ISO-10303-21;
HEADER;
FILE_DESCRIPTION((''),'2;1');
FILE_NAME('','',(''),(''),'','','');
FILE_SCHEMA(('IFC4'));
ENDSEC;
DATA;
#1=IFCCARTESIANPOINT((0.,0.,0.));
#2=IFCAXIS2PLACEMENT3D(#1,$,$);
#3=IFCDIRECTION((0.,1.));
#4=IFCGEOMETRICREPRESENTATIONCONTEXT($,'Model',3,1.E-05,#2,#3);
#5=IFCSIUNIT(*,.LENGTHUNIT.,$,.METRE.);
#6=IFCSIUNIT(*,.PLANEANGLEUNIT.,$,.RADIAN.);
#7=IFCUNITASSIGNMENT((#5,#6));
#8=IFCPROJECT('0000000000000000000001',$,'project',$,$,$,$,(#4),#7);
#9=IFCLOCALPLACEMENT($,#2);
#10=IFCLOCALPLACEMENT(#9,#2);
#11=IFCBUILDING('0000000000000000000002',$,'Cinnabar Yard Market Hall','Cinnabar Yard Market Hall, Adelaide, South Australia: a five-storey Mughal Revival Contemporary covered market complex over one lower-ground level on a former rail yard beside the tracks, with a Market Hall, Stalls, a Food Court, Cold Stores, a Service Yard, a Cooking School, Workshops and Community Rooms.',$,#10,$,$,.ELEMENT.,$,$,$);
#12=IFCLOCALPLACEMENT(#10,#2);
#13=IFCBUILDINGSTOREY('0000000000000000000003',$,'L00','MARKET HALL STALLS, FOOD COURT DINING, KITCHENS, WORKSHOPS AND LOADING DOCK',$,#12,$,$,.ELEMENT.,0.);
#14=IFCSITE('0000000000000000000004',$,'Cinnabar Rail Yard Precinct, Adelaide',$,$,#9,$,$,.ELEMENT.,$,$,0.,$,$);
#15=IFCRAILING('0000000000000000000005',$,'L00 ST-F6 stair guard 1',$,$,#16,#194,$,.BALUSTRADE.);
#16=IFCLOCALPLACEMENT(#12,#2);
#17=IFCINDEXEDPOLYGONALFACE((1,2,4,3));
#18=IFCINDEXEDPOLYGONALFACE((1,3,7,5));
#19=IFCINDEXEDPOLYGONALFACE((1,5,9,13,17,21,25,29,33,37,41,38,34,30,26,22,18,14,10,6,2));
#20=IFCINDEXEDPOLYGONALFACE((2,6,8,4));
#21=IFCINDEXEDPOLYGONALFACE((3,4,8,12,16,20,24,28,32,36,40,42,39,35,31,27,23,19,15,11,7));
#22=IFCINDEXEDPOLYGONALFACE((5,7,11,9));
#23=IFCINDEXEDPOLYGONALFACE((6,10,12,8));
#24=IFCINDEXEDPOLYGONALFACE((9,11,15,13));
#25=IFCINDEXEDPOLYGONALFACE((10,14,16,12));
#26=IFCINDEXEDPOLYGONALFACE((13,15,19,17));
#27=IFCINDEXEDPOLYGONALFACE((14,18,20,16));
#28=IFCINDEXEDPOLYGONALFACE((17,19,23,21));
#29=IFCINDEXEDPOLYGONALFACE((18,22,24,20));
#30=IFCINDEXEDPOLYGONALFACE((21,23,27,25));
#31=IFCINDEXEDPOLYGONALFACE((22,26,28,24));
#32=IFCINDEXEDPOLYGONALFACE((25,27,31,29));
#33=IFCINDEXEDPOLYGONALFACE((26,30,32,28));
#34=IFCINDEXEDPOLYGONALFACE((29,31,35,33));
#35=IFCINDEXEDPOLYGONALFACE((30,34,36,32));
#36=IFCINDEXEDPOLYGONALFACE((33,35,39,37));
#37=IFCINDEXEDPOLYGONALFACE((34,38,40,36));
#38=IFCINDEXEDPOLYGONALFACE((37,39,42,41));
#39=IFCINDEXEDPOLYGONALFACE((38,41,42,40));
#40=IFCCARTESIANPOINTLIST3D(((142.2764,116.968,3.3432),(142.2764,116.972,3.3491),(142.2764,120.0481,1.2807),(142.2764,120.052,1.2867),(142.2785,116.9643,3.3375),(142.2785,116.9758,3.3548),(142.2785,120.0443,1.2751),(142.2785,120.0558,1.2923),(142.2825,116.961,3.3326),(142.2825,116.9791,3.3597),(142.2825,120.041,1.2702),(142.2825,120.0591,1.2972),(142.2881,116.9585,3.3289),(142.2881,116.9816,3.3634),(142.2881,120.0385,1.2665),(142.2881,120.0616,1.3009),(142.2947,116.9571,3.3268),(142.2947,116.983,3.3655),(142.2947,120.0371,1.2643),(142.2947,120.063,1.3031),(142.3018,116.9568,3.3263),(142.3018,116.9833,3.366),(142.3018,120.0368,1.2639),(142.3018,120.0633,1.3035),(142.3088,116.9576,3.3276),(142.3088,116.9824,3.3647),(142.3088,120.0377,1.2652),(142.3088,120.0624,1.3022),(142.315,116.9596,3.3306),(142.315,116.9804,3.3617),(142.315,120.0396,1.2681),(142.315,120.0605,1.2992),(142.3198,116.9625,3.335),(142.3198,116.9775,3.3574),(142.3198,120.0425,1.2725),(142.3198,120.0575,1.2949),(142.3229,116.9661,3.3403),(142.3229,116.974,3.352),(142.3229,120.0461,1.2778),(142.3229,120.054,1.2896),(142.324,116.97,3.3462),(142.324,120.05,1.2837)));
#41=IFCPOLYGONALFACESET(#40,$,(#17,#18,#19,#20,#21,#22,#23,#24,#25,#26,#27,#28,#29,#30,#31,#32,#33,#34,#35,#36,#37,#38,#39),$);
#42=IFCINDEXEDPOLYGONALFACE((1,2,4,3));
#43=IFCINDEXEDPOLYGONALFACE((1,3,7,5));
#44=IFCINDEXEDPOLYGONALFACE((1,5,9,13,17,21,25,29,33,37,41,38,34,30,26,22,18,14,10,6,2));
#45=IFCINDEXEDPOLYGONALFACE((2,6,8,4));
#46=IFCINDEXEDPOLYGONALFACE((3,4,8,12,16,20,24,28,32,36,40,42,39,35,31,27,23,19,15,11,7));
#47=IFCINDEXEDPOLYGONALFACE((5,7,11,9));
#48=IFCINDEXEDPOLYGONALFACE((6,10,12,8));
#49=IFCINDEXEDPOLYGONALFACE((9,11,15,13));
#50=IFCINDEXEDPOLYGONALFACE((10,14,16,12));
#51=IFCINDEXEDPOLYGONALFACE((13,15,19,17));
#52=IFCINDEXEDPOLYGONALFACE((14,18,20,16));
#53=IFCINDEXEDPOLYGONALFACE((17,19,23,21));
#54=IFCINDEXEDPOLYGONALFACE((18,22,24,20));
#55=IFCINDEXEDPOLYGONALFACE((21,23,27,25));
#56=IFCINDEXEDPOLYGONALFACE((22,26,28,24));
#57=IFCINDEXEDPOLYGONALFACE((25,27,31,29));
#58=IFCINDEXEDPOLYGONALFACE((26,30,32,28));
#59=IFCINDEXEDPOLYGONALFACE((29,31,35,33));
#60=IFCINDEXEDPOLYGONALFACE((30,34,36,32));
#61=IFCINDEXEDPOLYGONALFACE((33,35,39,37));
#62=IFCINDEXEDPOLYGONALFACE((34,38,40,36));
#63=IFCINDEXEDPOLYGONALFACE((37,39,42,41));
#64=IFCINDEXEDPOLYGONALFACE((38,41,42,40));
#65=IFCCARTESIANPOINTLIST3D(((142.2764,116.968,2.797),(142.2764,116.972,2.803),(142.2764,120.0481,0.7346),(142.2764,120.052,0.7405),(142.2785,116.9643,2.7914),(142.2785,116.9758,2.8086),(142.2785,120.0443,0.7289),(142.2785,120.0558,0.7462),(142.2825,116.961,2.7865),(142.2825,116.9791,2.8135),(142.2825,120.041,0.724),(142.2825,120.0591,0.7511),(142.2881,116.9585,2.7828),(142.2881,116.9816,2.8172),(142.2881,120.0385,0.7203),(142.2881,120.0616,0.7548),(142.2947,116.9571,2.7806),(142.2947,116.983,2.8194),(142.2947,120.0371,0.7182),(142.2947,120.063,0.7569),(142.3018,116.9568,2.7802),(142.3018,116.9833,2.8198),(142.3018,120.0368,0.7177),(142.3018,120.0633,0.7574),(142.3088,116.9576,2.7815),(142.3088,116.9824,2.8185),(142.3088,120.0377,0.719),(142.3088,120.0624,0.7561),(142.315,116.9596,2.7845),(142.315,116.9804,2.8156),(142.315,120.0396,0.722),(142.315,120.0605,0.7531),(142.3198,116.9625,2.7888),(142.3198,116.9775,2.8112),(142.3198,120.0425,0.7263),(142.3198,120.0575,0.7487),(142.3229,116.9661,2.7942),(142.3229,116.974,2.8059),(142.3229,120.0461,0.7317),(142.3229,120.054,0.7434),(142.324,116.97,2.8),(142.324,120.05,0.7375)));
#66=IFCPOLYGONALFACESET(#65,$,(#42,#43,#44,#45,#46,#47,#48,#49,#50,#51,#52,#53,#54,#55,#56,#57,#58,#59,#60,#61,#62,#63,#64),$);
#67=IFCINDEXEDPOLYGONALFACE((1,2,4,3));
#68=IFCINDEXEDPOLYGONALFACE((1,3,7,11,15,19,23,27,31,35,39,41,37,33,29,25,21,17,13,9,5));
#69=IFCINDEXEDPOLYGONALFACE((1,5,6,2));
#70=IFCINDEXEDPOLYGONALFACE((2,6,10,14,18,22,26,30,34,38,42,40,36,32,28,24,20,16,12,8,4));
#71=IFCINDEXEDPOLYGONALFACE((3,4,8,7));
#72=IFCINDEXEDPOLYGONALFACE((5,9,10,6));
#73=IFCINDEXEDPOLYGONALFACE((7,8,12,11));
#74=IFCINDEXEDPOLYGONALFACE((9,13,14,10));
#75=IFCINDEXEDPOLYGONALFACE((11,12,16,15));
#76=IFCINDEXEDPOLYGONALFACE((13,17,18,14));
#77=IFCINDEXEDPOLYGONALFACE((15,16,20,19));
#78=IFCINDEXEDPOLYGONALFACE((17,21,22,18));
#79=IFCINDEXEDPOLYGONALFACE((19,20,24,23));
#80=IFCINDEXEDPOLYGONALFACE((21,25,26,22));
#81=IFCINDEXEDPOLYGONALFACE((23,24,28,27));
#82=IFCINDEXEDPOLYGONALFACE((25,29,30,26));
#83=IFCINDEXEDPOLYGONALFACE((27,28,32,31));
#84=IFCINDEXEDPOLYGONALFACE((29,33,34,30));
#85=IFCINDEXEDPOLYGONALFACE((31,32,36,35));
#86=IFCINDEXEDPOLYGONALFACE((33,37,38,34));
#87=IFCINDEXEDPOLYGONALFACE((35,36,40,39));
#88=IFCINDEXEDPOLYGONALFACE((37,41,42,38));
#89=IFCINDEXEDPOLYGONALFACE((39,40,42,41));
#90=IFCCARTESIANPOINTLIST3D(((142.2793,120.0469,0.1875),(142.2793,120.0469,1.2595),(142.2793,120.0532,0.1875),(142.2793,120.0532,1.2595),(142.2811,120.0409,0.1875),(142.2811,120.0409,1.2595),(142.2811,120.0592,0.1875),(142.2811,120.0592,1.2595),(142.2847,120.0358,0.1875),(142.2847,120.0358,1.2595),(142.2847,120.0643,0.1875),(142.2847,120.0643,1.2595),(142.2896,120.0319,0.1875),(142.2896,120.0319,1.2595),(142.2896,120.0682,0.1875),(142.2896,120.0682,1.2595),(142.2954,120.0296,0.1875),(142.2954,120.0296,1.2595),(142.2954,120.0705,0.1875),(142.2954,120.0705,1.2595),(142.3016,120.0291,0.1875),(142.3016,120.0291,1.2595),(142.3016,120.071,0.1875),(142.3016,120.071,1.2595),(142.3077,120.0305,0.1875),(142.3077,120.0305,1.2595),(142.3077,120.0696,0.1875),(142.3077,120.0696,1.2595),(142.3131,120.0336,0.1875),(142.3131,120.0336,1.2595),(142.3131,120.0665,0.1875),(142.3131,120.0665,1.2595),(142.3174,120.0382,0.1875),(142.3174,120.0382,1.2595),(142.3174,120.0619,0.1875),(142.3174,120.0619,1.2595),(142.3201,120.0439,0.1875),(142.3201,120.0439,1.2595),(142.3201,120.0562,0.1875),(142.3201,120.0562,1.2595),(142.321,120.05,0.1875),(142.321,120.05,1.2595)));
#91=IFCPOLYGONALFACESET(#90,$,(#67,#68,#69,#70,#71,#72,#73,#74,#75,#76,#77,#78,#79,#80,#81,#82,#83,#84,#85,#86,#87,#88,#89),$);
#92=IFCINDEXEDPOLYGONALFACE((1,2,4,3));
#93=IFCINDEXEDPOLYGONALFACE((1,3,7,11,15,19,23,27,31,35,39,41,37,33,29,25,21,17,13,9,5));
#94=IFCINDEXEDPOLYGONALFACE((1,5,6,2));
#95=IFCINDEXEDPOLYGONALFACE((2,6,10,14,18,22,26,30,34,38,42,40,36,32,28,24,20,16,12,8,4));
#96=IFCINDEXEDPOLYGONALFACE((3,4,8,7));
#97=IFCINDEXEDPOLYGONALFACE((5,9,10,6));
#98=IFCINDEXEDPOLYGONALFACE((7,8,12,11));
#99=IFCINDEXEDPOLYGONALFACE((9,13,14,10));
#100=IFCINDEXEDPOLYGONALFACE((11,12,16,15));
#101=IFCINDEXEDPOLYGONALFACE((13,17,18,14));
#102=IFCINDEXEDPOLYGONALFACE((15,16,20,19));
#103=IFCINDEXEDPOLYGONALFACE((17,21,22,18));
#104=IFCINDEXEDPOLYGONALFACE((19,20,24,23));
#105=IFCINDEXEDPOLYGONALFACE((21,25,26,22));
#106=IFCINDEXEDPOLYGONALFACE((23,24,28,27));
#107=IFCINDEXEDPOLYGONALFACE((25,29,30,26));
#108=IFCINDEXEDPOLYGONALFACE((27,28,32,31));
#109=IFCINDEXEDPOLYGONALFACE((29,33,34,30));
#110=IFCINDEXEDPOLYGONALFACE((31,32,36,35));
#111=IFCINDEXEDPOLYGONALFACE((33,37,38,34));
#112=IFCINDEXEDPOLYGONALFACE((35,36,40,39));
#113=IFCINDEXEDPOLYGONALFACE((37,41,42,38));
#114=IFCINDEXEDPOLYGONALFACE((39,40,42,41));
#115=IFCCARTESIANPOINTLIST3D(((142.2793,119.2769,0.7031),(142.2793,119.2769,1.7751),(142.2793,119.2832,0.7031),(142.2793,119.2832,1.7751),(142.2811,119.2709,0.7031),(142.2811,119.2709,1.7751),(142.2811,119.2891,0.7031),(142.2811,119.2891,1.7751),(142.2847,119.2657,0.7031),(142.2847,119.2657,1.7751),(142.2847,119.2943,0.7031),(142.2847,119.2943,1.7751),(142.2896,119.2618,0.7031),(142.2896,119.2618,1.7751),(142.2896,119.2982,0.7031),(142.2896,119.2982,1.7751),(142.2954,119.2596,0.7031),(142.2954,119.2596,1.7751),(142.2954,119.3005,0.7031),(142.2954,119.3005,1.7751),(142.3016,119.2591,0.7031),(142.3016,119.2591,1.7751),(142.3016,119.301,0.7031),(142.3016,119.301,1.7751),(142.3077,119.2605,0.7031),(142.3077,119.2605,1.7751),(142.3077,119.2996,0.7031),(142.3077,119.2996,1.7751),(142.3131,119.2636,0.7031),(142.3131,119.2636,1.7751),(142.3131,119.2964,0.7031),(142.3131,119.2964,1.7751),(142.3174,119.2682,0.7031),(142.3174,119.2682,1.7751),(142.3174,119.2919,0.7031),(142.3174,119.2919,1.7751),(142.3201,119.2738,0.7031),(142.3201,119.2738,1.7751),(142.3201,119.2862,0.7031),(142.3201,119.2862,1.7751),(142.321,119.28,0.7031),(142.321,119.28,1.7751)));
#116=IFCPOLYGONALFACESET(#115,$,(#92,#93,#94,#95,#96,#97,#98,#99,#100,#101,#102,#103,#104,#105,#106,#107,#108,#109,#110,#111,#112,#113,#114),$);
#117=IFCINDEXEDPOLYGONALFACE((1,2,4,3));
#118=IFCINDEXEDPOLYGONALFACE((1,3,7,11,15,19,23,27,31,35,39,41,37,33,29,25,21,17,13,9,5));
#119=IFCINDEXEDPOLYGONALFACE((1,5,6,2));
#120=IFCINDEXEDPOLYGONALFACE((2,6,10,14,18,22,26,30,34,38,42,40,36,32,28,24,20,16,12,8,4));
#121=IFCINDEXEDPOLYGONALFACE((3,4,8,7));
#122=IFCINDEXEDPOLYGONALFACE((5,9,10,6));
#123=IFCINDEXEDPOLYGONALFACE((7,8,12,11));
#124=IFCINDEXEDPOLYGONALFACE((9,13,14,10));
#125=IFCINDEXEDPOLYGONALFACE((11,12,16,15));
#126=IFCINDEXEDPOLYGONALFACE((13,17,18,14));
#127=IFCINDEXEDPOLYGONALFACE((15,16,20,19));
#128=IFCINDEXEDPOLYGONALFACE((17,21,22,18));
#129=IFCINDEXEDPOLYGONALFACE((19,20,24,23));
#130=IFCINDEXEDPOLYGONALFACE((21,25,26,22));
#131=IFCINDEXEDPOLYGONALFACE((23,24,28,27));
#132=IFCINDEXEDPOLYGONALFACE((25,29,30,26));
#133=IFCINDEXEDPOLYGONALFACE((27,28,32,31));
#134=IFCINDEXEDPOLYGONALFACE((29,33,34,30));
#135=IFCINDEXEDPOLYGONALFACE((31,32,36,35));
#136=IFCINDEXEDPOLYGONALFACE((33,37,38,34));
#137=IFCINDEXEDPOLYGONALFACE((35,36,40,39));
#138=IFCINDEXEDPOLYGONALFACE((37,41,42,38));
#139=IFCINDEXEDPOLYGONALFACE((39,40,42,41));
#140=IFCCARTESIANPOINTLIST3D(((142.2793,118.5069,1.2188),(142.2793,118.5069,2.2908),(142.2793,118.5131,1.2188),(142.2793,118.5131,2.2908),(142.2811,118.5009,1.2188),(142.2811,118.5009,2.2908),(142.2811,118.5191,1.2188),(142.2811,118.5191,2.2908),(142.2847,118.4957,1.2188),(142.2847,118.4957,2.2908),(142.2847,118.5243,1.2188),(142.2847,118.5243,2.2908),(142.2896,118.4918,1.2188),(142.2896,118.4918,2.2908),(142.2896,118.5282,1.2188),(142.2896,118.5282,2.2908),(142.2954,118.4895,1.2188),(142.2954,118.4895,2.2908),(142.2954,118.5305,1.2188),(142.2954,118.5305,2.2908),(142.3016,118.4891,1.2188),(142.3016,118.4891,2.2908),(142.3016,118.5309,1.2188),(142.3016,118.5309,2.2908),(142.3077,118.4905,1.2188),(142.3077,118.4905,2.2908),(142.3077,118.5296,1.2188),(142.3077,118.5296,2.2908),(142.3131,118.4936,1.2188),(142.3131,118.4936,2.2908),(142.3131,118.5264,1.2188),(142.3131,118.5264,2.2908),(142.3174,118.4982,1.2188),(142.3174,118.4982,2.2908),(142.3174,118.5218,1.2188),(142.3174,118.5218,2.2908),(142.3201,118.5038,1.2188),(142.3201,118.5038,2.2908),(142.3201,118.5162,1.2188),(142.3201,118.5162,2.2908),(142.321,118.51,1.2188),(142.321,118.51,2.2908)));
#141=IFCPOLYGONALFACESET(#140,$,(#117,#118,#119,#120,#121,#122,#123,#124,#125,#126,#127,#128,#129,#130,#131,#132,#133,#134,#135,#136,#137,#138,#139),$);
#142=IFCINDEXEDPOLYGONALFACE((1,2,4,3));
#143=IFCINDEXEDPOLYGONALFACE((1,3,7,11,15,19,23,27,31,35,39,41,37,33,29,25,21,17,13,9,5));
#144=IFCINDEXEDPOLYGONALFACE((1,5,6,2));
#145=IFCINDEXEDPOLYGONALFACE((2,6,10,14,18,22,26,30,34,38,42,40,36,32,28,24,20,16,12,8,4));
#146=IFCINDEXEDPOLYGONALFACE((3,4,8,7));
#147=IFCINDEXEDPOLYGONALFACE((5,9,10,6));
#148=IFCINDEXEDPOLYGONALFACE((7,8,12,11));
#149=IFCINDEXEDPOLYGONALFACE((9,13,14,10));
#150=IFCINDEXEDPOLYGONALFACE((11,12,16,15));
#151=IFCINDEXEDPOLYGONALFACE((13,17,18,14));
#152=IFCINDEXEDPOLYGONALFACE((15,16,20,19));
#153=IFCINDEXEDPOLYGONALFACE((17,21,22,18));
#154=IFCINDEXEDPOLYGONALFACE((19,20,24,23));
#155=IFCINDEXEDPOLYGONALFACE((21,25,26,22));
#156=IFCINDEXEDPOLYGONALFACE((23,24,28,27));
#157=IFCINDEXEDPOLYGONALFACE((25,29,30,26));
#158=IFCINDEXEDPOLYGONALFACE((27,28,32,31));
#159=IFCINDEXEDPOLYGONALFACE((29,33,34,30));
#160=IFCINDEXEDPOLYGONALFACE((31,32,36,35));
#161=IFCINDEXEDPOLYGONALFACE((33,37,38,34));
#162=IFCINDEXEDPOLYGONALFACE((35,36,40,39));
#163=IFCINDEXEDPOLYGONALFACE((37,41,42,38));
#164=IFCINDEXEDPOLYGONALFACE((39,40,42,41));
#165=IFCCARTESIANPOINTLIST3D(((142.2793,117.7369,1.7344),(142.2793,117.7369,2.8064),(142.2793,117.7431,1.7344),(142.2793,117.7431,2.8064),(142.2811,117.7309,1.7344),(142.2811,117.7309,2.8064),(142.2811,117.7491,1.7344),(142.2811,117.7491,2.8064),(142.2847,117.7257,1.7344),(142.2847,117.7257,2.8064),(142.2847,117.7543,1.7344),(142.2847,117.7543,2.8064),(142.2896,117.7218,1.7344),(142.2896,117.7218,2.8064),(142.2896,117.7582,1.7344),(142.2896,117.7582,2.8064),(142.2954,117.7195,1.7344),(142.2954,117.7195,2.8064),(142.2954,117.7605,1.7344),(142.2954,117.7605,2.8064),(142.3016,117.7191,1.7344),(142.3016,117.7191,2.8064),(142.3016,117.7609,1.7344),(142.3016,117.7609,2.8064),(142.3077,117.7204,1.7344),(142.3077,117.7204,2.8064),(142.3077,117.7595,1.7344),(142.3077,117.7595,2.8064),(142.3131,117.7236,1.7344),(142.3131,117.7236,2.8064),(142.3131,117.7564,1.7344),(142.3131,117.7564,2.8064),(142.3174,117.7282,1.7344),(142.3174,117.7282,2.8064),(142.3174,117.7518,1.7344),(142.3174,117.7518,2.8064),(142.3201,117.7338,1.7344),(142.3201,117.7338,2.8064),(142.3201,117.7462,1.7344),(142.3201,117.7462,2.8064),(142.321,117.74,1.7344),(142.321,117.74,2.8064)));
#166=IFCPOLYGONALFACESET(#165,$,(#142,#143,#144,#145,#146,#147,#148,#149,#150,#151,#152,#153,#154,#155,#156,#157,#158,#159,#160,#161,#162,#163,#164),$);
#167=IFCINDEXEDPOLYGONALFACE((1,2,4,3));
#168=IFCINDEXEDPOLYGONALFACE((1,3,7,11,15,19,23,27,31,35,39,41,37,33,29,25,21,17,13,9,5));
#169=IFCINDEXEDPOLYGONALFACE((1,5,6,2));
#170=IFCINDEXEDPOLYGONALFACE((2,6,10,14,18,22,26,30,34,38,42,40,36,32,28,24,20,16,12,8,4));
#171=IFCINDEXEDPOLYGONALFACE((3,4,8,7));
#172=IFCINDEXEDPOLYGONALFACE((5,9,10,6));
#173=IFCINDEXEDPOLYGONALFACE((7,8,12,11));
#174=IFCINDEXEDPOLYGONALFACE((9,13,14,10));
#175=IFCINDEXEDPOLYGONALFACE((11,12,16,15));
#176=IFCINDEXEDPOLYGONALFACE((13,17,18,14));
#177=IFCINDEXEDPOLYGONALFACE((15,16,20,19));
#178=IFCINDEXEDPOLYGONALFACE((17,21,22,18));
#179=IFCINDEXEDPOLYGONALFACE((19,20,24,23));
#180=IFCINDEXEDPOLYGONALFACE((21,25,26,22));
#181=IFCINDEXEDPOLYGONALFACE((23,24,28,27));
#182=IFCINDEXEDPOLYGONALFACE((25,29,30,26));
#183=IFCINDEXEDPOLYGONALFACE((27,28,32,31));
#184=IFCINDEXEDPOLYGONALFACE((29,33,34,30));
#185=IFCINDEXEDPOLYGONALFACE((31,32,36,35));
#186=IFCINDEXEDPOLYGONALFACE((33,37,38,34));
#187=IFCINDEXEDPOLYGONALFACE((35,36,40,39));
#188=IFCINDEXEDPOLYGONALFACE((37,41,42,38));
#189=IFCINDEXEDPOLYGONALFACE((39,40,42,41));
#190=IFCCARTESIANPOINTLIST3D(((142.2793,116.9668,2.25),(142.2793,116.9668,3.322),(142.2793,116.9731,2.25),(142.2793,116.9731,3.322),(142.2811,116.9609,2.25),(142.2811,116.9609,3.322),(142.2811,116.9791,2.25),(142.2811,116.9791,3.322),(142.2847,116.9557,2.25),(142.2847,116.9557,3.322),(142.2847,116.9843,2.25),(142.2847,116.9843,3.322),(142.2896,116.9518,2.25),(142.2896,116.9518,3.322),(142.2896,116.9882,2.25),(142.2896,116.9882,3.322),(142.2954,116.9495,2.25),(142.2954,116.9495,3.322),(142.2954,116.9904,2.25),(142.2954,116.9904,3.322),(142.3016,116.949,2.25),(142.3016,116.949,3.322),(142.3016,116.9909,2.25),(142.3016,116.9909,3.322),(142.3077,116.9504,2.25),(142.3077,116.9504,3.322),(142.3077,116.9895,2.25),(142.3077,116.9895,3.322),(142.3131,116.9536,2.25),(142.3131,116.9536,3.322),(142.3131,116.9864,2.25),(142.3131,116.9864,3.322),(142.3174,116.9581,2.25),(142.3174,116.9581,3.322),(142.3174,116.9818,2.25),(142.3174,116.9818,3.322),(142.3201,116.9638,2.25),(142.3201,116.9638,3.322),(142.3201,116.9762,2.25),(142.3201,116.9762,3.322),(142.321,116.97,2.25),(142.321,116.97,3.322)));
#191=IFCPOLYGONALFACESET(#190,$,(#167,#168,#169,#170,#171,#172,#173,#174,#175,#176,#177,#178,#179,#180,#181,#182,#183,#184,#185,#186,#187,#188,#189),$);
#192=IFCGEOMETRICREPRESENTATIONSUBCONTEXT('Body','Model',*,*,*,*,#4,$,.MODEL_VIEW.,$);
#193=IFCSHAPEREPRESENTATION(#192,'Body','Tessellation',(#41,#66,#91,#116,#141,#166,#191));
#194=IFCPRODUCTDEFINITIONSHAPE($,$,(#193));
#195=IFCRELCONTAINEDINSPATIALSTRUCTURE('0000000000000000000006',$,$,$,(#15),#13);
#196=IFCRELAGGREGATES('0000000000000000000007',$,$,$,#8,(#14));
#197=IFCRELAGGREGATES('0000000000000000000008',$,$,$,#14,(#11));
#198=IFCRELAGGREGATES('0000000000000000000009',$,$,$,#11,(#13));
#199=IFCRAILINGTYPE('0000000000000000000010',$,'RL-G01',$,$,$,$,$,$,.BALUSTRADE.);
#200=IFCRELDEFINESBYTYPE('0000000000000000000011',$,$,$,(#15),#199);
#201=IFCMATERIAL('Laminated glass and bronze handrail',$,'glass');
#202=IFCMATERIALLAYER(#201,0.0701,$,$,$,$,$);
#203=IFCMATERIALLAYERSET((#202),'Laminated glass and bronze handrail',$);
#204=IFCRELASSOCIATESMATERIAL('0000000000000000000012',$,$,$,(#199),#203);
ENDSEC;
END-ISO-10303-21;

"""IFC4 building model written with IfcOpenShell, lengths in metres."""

from ifc_helpers import new_model, si_unit, direction, frame, origin, origin_2d_with_axis, place, context, subcontext, project, spatial, circle, extrude, material, layer, layer_set, type_object, element, save


model = new_model("IFC4")

# Units and contexts
model_context = context("Model", 3, precision=1e-05, world=origin(), true_north=direction((0.0, 1.0)))
body_context = subcontext(model_context, "Body", "Model", "MODEL_VIEW")
ifc_project = project(units=[si_unit("LENGTHUNIT", "METRE"), si_unit("PLANEANGLEUNIT", "RADIAN")], contexts=[model_context])

# Site, building, storey
site_placement = place(None, origin())
site = spatial("IfcSite", under=ifc_project, at=site_placement, Name="Cinnabar Rail Yard Precinct, Adelaide", CompositionType="ELEMENT", RefElevation=0.0)
building_placement = place(site_placement, origin())
building = spatial("IfcBuilding", under=site, at=building_placement, Name="Cinnabar Yard Market Hall", Description="Cinnabar Yard Market Hall, Adelaide, South Australia: a five-storey Mughal Revival Contemporary covered market complex over one lower-ground level on a former rail yard beside the tracks, with a Market Hall, Stalls, a Food Court, Cold Stores, a Service Yard, a Cooking School, Workshops and Community Rooms.", CompositionType="ELEMENT")
storey_placement = place(building_placement, origin())
storey = spatial("IfcBuildingStorey", under=building, at=storey_placement, Name="L00", Description="MARKET HALL STALLS, FOOD COURT DINING, KITCHENS, WORKSHOPS AND LOADING DOCK", CompositionType="ELEMENT", Elevation=0.0)

# Railing
ifc_material_1 = material(Name="Laminated glass and bronze handrail", Category="glass")
ifc_layer_1 = layer(ifc_material_1, 0.0701)
ifc_layer_set_1 = layer_set([ifc_layer_1], Name="Laminated glass and bronze handrail")
railing_type_1 = type_object("IfcRailingType", Name="RL-G01", PredefinedType="BALUSTRADE", material=ifc_layer_set_1)
railing_1_placement = place(storey_placement, frame((142.3, 120.05, 0.1875)))
element("IfcRailing", 1, at=railing_1_placement, inside=storey, type_object=railing_type_1, Name="L00 ST-F6 stair guard 1", PredefinedType="BALUSTRADE", context=body_context, shape_type="SweptSolid", body=[
    extrude(circle(Radius=0.0239, at=origin_2d_with_axis()), frame((0.0, 0.0, 1.0962), z_axis=(0.0, -0.830914, 0.556401), x_axis=(1.0, 0.0, 0.0)), (0.0, 0.0, 1.0), 3.7068),
    extrude(circle(Radius=0.0239, at=origin_2d_with_axis()), frame((0.0, 0.0, 0.55), z_axis=(0.0, -0.830914, 0.556401), x_axis=(1.0, 0.0, 0.0)), (0.0, 0.0, 1.0), 3.7068),
    extrude(circle(Radius=0.021, at=origin_2d_with_axis()), origin(), (0.0, 0.0, 1.0), 1.072),
    extrude(circle(Radius=0.021, at=origin_2d_with_axis()), frame((0.0, -0.77, 0.5156)), (0.0, 0.0, 1.0), 1.072),
    extrude(circle(Radius=0.021, at=origin_2d_with_axis()), frame((0.0, -1.54, 1.0312)), (0.0, 0.0, 1.0), 1.072),
    extrude(circle(Radius=0.021, at=origin_2d_with_axis()), frame((0.0, -2.3101, 1.5469)), (0.0, 0.0, 1.0), 1.072),
    extrude(circle(Radius=0.021, at=origin_2d_with_axis()), frame((0.0, -3.0801, 2.0625)), (0.0, 0.0, 1.0), 1.072),
])

save(model, "model.ifc")
